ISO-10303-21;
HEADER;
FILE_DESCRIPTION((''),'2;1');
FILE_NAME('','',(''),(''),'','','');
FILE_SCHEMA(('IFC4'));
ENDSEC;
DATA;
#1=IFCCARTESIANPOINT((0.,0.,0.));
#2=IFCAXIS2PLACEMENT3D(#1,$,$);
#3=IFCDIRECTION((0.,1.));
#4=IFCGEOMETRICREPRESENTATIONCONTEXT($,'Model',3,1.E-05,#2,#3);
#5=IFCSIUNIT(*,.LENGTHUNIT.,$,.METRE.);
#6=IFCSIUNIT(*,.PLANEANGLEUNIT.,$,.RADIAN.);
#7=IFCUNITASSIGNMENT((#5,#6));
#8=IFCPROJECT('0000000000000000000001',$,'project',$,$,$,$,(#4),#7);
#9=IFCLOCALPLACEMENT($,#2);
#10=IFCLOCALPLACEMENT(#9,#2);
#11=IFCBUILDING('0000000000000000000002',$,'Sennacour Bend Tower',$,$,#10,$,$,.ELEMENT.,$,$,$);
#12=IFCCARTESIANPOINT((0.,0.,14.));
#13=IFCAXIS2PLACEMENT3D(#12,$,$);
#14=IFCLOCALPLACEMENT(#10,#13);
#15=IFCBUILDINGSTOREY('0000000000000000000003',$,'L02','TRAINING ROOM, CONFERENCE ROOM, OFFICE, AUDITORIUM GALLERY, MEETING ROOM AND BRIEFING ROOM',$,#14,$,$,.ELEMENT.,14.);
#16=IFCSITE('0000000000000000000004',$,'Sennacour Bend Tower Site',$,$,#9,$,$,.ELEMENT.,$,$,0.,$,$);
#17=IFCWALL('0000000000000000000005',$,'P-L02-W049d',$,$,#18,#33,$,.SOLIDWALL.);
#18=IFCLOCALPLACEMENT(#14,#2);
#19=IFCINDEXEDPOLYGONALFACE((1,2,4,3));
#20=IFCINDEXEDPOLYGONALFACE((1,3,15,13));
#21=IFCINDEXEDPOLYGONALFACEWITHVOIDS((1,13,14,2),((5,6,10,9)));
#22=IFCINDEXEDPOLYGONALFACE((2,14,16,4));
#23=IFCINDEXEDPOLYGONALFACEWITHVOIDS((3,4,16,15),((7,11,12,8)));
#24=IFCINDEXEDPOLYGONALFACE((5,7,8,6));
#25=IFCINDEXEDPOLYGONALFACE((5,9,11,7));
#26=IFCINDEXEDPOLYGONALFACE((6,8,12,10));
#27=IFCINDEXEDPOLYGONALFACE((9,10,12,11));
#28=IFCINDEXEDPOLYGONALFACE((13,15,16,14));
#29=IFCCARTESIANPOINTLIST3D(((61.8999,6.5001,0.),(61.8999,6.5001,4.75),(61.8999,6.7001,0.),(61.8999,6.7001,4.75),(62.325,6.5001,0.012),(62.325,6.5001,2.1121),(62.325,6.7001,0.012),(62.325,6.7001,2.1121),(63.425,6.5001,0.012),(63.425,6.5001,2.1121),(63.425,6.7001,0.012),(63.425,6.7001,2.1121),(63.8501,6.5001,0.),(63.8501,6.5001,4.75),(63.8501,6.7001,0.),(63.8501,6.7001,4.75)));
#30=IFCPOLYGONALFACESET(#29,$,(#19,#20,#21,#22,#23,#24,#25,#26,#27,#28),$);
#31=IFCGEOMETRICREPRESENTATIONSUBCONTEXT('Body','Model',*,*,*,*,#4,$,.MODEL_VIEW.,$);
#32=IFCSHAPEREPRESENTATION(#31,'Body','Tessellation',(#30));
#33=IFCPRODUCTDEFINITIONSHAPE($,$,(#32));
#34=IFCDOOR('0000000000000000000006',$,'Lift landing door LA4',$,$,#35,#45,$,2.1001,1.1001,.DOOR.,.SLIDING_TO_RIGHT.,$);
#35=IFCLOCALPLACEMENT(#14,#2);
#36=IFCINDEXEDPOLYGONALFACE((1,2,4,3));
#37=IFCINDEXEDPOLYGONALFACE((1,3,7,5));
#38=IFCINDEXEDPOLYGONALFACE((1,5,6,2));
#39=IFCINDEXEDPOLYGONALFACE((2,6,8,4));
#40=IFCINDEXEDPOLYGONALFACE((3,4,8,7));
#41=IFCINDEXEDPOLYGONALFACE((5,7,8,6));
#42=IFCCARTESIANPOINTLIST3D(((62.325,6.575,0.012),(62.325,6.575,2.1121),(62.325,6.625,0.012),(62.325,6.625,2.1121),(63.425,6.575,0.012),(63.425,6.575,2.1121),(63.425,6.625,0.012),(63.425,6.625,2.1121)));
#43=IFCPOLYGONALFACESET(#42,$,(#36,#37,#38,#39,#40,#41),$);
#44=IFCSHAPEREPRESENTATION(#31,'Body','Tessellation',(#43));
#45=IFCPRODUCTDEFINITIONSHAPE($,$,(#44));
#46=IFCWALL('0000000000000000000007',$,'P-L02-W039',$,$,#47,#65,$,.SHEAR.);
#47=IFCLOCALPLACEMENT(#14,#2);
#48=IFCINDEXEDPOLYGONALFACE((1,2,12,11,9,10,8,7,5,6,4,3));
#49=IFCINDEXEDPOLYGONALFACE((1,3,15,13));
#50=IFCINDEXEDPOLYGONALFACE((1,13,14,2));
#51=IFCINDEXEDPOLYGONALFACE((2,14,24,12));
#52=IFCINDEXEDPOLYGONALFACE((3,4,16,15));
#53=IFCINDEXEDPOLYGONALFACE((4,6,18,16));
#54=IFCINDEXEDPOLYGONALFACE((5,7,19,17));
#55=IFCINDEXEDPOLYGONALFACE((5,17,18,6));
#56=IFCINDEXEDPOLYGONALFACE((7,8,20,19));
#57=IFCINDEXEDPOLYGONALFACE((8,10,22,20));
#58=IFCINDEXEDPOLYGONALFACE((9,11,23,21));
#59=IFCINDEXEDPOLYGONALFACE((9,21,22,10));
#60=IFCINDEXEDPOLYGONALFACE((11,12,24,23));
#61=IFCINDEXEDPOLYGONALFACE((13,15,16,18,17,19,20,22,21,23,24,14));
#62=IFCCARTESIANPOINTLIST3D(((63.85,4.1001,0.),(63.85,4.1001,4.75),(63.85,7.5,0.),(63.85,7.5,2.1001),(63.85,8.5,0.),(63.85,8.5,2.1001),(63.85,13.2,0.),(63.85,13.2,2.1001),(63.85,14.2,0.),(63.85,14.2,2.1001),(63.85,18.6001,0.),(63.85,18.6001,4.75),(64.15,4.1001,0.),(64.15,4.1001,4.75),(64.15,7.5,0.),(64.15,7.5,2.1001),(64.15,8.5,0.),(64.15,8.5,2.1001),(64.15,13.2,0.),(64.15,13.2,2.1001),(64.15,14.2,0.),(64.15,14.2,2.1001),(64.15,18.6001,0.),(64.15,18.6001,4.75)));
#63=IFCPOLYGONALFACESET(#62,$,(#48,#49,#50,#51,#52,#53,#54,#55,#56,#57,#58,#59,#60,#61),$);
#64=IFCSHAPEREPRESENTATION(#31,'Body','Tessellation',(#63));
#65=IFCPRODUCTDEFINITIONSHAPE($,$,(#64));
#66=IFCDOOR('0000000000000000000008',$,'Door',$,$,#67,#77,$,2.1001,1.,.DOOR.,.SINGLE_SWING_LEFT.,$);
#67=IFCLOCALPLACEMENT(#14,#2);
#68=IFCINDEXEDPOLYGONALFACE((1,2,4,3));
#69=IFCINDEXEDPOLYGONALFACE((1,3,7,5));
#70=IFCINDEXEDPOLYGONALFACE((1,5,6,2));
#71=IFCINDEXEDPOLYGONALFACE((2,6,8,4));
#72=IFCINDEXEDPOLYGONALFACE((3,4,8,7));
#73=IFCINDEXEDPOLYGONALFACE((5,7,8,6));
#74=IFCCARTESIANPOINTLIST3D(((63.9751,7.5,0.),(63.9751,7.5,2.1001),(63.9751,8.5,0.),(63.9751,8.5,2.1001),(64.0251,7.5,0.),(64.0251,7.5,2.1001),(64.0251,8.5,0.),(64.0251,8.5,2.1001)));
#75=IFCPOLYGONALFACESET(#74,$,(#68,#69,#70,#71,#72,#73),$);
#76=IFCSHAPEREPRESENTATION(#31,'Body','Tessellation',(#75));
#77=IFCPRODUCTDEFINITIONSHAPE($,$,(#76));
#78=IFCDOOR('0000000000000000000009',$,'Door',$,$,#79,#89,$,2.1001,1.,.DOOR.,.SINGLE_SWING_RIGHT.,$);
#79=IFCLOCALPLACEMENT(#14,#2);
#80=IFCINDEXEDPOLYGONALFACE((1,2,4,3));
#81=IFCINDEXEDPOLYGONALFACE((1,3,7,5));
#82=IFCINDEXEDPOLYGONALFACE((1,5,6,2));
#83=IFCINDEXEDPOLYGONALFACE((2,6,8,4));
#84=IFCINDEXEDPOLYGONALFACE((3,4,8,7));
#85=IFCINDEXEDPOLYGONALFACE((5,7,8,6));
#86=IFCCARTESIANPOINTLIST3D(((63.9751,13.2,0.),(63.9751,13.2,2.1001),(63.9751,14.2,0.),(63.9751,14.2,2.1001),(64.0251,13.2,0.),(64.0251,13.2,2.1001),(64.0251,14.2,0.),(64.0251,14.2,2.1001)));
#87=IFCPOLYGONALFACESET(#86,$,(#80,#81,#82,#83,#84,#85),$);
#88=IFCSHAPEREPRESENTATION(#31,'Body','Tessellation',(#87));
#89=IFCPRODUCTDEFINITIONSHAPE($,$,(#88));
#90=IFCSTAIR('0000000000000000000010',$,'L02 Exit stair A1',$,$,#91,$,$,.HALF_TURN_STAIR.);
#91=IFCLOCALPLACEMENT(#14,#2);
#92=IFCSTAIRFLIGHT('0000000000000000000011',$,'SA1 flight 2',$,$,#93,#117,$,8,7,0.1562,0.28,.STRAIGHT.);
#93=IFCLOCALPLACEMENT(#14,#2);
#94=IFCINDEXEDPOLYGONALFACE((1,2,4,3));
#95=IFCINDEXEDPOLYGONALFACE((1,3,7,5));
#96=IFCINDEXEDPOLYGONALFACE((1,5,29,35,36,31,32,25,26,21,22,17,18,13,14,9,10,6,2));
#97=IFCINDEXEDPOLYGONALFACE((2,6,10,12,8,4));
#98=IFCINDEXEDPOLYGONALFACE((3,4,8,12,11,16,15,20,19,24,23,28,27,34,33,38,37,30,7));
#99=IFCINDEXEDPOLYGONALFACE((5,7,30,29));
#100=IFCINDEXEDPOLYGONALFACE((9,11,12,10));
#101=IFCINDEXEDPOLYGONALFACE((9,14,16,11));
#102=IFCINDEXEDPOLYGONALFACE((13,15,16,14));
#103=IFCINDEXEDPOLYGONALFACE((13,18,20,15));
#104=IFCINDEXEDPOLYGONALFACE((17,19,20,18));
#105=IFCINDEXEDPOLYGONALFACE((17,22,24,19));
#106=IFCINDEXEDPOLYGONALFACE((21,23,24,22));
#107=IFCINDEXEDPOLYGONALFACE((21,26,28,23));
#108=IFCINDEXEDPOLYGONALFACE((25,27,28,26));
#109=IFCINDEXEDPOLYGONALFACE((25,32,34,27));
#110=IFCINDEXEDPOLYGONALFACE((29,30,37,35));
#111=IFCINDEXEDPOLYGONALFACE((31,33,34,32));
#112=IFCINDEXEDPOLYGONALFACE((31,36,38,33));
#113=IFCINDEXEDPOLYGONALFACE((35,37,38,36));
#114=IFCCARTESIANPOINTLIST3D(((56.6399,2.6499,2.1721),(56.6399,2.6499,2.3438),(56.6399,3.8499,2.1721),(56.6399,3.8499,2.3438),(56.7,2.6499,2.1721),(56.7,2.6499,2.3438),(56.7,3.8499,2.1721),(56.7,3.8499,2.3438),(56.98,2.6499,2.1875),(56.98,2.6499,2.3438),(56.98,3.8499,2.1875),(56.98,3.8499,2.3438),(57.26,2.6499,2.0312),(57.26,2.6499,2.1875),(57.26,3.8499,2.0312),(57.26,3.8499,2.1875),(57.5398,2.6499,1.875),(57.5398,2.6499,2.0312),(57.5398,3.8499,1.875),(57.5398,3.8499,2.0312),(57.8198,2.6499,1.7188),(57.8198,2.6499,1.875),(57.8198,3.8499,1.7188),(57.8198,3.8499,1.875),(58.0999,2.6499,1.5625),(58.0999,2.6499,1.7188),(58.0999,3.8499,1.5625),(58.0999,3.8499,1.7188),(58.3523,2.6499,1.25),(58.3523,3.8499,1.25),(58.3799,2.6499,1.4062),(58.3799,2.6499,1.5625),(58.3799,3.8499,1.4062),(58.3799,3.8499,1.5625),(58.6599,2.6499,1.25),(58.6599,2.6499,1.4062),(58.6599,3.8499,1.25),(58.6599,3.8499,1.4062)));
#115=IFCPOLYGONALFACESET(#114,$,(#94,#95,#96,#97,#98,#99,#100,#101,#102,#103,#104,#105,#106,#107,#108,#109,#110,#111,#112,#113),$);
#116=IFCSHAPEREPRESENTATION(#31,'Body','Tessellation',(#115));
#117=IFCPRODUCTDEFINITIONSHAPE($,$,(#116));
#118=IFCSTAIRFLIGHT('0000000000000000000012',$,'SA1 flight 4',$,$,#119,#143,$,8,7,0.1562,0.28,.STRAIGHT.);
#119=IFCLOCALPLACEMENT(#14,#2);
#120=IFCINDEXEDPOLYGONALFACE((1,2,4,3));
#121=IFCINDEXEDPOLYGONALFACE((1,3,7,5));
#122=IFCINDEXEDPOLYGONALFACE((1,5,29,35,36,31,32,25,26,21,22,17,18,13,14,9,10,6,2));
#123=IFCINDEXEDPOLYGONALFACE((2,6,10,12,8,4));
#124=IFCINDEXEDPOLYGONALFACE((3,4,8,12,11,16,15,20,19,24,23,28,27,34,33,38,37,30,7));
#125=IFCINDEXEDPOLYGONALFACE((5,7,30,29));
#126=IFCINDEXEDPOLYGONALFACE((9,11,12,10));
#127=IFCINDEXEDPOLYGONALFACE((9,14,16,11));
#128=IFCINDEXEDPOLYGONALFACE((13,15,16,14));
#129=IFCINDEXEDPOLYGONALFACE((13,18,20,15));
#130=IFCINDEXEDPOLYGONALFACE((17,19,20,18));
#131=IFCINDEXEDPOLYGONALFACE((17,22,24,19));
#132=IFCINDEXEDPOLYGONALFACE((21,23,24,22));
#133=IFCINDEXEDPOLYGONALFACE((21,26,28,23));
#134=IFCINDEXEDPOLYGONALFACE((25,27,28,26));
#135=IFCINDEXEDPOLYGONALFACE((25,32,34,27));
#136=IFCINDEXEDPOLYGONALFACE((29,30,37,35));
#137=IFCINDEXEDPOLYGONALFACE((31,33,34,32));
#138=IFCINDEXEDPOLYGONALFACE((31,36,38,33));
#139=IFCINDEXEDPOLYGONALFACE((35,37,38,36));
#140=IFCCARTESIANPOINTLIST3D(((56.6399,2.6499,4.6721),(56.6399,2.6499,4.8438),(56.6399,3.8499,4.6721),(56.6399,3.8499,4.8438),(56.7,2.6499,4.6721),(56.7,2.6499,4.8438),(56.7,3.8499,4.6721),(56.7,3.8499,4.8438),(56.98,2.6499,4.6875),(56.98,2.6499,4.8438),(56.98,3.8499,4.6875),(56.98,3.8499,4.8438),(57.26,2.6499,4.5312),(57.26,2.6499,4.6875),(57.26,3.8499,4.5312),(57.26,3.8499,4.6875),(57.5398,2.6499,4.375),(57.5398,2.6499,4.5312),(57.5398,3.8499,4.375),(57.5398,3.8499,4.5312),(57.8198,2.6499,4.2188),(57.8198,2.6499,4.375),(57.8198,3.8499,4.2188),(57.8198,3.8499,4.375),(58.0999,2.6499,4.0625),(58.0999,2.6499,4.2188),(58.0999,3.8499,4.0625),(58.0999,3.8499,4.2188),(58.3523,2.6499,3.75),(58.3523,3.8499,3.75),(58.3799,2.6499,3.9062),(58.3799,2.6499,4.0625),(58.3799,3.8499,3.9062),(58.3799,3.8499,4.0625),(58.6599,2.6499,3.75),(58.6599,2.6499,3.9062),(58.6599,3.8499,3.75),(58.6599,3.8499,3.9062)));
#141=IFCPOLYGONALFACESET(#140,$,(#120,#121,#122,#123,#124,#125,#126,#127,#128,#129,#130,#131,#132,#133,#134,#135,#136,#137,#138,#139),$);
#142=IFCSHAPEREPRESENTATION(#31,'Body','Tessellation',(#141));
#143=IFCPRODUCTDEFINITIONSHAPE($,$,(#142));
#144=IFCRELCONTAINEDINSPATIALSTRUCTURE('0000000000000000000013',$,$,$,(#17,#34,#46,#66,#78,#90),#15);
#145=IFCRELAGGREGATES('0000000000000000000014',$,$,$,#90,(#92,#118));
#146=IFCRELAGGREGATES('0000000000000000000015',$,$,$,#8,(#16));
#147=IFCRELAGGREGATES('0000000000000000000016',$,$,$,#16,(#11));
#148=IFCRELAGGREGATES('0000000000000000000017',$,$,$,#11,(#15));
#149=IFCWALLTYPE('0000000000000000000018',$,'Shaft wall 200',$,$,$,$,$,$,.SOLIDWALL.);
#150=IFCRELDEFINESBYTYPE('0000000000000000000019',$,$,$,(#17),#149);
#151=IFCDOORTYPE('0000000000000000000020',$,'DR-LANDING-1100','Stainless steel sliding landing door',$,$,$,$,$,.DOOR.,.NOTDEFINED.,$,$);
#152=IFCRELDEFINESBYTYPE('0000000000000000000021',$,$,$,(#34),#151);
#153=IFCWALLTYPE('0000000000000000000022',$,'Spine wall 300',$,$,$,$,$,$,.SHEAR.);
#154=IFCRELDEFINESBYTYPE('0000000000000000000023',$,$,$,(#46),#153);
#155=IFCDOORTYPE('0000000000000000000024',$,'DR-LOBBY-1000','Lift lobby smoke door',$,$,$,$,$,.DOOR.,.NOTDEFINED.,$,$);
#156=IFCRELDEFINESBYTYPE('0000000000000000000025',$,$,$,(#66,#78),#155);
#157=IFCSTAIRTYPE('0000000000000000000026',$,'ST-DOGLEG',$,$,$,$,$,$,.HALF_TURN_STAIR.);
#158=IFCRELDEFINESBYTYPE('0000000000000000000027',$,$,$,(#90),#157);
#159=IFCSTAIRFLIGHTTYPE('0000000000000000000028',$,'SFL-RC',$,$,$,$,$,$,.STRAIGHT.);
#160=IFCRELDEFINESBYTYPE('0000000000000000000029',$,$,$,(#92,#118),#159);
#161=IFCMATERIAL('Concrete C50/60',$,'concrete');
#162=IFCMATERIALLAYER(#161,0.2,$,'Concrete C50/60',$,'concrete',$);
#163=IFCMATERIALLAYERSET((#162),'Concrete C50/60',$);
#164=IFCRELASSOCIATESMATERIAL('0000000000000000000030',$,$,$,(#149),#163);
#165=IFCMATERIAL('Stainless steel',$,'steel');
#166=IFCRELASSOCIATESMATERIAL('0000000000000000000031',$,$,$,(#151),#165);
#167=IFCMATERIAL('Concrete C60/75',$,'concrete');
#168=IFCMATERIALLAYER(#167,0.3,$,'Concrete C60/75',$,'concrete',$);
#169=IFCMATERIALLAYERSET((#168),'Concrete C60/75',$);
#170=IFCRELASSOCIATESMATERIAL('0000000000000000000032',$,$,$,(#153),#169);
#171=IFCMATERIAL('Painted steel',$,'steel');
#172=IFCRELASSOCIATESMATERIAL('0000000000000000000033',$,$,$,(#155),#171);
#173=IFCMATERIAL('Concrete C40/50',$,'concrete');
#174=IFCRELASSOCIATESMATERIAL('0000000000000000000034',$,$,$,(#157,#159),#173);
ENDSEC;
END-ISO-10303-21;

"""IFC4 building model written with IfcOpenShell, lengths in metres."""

from ifc_helpers import new_model, si_unit, direction, frame, frame_2d, origin, place, context, subcontext, project, spatial, polyline, rectangle, outline, extrude, material, layer, layer_set, type_object, element, fill, aggregate, save


model = new_model("IFC4")

# Units and contexts
model_context = context("Model", 3, precision=1e-05, world=origin(), true_north=direction((0.0, 1.0)))
body_context = subcontext(model_context, "Body", "Model", "MODEL_VIEW")
ifc_project = project(units=[si_unit("LENGTHUNIT", "METRE"), si_unit("PLANEANGLEUNIT", "RADIAN")], contexts=[model_context])

# Site, building, storey
site_placement = place(None, origin())
site = spatial("IfcSite", under=ifc_project, at=site_placement, Name="Sennacour Bend Tower Site", CompositionType="ELEMENT", RefElevation=0.0)
building_placement = place(site_placement, origin())
building = spatial("IfcBuilding", under=site, at=building_placement, Name="Sennacour Bend Tower", CompositionType="ELEMENT")
storey_placement = place(building_placement, frame((0.0, 0.0, 14.0)))
storey = spatial("IfcBuildingStorey", under=building, at=storey_placement, Name="L02", Description="TRAINING ROOM, CONFERENCE ROOM, OFFICE, AUDITORIUM GALLERY, MEETING ROOM AND BRIEFING ROOM", CompositionType="ELEMENT", Elevation=14.0)

# Shared definitions
ifc_material_1 = material(Name="Painted steel", Category="steel")

# Shared definitions
ifc_material_2 = material(Name="Concrete C50/60", Category="concrete")
ifc_layer_1 = layer(ifc_material_2, 0.2, Name="Concrete C50/60", Category="concrete")
ifc_layer_set_1 = layer_set([ifc_layer_1], Name="Concrete C50/60")
wall_type_1 = type_object("IfcWallType", Name="Shaft wall 200", PredefinedType="SOLIDWALL", material=ifc_layer_set_1)

# Wall, opening, door
ifc_material_3 = material(Name="Stainless steel", Category="steel")
door_type_1 = type_object("IfcDoorType", Name="DR-LANDING-1100", Description="Stainless steel sliding landing door", OperationType="NOTDEFINED", PredefinedType="DOOR", material=ifc_material_3)
wall_1_placement = place(storey_placement, frame((61.8999, 6.6001, 0.0), z_axis=(0.0, 0.0, 1.0), x_axis=(1.0, 0.0, 0.0)))
wall_1 = element("IfcWall", 1, at=wall_1_placement, inside=storey, type_object=wall_type_1, Name="P-L02-W049d", PredefinedType="SOLIDWALL", context=body_context, shape_type="SweptSolid", body=[
    extrude(rectangle(XDim=1.9502, YDim=0.2, at=frame_2d((0.9751, 0.0))), origin(), (0.0, 0.0, 1.0), 4.75),
])
opening_1_placement = place(wall_1_placement, frame((0.425, 0.0, 0.012)))
opening_1 = element("IfcOpeningElement", 2, at=opening_1_placement, cuts=wall_1, PredefinedType="OPENING", context=body_context, shape_type="SweptSolid", body=[
    extrude(rectangle(XDim=1.1001, YDim=2.1001, at=frame_2d((0.55, 1.05))), frame((0.0, 0.1099, 0.0), z_axis=(0.0, -1.0, 0.0), x_axis=(1.0, 0.0, 0.0)), (0.0, 0.0, 1.0), 0.22),
])
door_1_placement = place(opening_1_placement, origin())
door_1 = element("IfcDoor", 3, at=door_1_placement, inside=storey, type_object=door_type_1, Name="Lift landing door LA4", OperationType="SLIDING_TO_RIGHT", OverallHeight=2.1001, OverallWidth=1.1001, PredefinedType="DOOR", context=body_context, shape_type="SweptSolid", body=[
    extrude(rectangle(XDim=1.1001, YDim=2.1001, at=frame_2d((0.55, 1.05))), frame((0.0, 0.0249, 0.0), z_axis=(0.0, -1.0, 0.0), x_axis=(1.0, 0.0, 0.0)), (0.0, 0.0, 1.0), 0.05),
])
fill(opening_1, door_1)

# Wall, openings, doors
ifc_material_4 = material(Name="Concrete C60/75", Category="concrete")
ifc_layer_2 = layer(ifc_material_4, 0.3, Name="Concrete C60/75", Category="concrete")
ifc_layer_set_2 = layer_set([ifc_layer_2], Name="Concrete C60/75")
wall_type_2 = type_object("IfcWallType", Name="Spine wall 300", PredefinedType="SHEAR", material=ifc_layer_set_2)
wall_2_placement = place(storey_placement, frame((64.0, 4.1001, 0.0), z_axis=(0.0, 0.0, 1.0), x_axis=(0.0, 1.0, 0.0)))
wall_2 = element("IfcWall", 4, at=wall_2_placement, inside=storey, type_object=wall_type_2, Name="P-L02-W039", PredefinedType="SHEAR", context=body_context, shape_type="SweptSolid", body=[
    extrude(rectangle(XDim=14.5, YDim=0.3, at=frame_2d((7.25, 0.0))), origin(), (0.0, 0.0, 1.0), 4.75),
])
opening_2_placement = place(wall_2_placement, frame((3.3999, 0.0, 0.0)))
opening_2 = element("IfcOpeningElement", 5, at=opening_2_placement, cuts=wall_2, PredefinedType="OPENING", context=body_context, shape_type="SweptSolid", body=[
    extrude(rectangle(XDim=1.0, YDim=2.1001, at=frame_2d((0.5, 1.05))), frame((0.0, 0.1602, 0.0), z_axis=(0.0, -1.0, 0.0), x_axis=(1.0, 0.0, 0.0)), (0.0, 0.0, 1.0), 0.3201),
])
opening_3_placement = place(wall_2_placement, frame((9.0999, 0.0, 0.0)))
opening_3 = element("IfcOpeningElement", 6, at=opening_3_placement, cuts=wall_2, PredefinedType="OPENING", context=body_context, shape_type="SweptSolid", body=[
    extrude(rectangle(XDim=1.0, YDim=2.1001, at=frame_2d((0.5, 1.05))), frame((0.0, 0.1602, 0.0), z_axis=(0.0, -1.0, 0.0), x_axis=(1.0, 0.0, 0.0)), (0.0, 0.0, 1.0), 0.3201),
])
door_type_2 = type_object("IfcDoorType", Name="DR-LOBBY-1000", Description="Lift lobby smoke door", OperationType="NOTDEFINED", PredefinedType="DOOR", material=ifc_material_1)
door_2_placement = place(opening_2_placement, origin())
door_2 = element("IfcDoor", 7, at=door_2_placement, inside=storey, type_object=door_type_2, Name="Door", OperationType="SINGLE_SWING_LEFT", OverallHeight=2.1001, OverallWidth=1.0, PredefinedType="DOOR", context=body_context, shape_type="SweptSolid", body=[
    extrude(rectangle(XDim=1.0, YDim=2.1001, at=frame_2d((0.5, 1.05))), frame((0.0, 0.0249, 0.0), z_axis=(0.0, -1.0, 0.0), x_axis=(1.0, 0.0, 0.0)), (0.0, 0.0, 1.0), 0.05),
])
fill(opening_2, door_2)
door_3_placement = place(opening_3_placement, origin())
door_3 = element("IfcDoor", 8, at=door_3_placement, inside=storey, type_object=door_type_2, Name="Door", OperationType="SINGLE_SWING_RIGHT", OverallHeight=2.1001, OverallWidth=1.0, PredefinedType="DOOR", context=body_context, shape_type="SweptSolid", body=[
    extrude(rectangle(XDim=1.0, YDim=2.1001, at=frame_2d((0.5, 1.05))), frame((0.0, 0.0249, 0.0), z_axis=(0.0, -1.0, 0.0), x_axis=(1.0, 0.0, 0.0)), (0.0, 0.0, 1.0), 0.05),
])
fill(opening_3, door_3)

# Stair, stair flights
ifc_material_5 = material(Name="Concrete C40/50", Category="concrete")
stair_type = type_object("IfcStairType", Name="ST-DOGLEG", PredefinedType="HALF_TURN_STAIR", material=ifc_material_5)
stair_placement = place(storey_placement, origin())
stair = element("IfcStair", 9, at=stair_placement, inside=storey, type_object=stair_type, Name="L02 Exit stair A1", PredefinedType="HALF_TURN_STAIR")
stair_flight_type = type_object("IfcStairFlightType", Name="SFL-RC", PredefinedType="STRAIGHT", material=ifc_material_5)
stair_flight_1_placement = place(storey_placement, frame((58.6599, 3.25, 1.25), z_axis=(0.0, 0.0, 1.0), x_axis=(-1.0, 0.0, 0.0)))
stair_flight_1 = element("IfcStairFlight", 10, at=stair_flight_1_placement, type_object=stair_flight_type, Name="SA1 flight 2", NumberOfRisers=8, NumberOfTreads=7, PredefinedType="STRAIGHT", RiserHeight=0.1562, TreadLength=0.28, context=body_context, shape_type="SweptSolid", body=[
    extrude(outline(polyline([(0.0, 0.0), (0.0, 0.1562), (0.28, 0.1562), (0.28, 0.3125), (0.5601, 0.3125), (0.5601, 0.4688), (0.8401, 0.4688), (0.8401, 0.625), (1.1201, 0.625), (1.1201, 0.7812), (1.3999, 0.7812), (1.3999, 0.9375), (1.6799, 0.9375), (1.6799, 1.0938), (1.96, 1.0938), (2.02, 1.0938), (2.02, 0.9221), (1.96, 0.9221), (0.3076, 0.0), (0.0, 0.0)])), frame((0.0, 0.6001, 0.0), z_axis=(0.0, -1.0, 0.0), x_axis=(1.0, 0.0, 0.0)), (0.0, 0.0, 1.0), 1.2),
])
stair_flight_2_placement = place(storey_placement, frame((58.6599, 3.25, 3.75), z_axis=(0.0, 0.0, 1.0), x_axis=(-1.0, 0.0, 0.0)))
stair_flight_2 = element("IfcStairFlight", 11, at=stair_flight_2_placement, type_object=stair_flight_type, Name="SA1 flight 4", NumberOfRisers=8, NumberOfTreads=7, PredefinedType="STRAIGHT", RiserHeight=0.1562, TreadLength=0.28, context=body_context, shape_type="SweptSolid", body=[
    extrude(outline(polyline([(0.0, 0.0), (0.0, 0.1562), (0.28, 0.1562), (0.28, 0.3125), (0.5601, 0.3125), (0.5601, 0.4688), (0.8401, 0.4688), (0.8401, 0.625), (1.1201, 0.625), (1.1201, 0.7812), (1.3999, 0.7812), (1.3999, 0.9375), (1.6799, 0.9375), (1.6799, 1.0938), (1.96, 1.0938), (2.02, 1.0938), (2.02, 0.9221), (1.96, 0.9221), (0.3076, 0.0), (0.0, 0.0)])), frame((0.0, 0.6001, 0.0), z_axis=(0.0, -1.0, 0.0), x_axis=(1.0, 0.0, 0.0)), (0.0, 0.0, 1.0), 1.2),
])
aggregate(stair, [stair_flight_1, stair_flight_2])

save(model, "model.ifc")
